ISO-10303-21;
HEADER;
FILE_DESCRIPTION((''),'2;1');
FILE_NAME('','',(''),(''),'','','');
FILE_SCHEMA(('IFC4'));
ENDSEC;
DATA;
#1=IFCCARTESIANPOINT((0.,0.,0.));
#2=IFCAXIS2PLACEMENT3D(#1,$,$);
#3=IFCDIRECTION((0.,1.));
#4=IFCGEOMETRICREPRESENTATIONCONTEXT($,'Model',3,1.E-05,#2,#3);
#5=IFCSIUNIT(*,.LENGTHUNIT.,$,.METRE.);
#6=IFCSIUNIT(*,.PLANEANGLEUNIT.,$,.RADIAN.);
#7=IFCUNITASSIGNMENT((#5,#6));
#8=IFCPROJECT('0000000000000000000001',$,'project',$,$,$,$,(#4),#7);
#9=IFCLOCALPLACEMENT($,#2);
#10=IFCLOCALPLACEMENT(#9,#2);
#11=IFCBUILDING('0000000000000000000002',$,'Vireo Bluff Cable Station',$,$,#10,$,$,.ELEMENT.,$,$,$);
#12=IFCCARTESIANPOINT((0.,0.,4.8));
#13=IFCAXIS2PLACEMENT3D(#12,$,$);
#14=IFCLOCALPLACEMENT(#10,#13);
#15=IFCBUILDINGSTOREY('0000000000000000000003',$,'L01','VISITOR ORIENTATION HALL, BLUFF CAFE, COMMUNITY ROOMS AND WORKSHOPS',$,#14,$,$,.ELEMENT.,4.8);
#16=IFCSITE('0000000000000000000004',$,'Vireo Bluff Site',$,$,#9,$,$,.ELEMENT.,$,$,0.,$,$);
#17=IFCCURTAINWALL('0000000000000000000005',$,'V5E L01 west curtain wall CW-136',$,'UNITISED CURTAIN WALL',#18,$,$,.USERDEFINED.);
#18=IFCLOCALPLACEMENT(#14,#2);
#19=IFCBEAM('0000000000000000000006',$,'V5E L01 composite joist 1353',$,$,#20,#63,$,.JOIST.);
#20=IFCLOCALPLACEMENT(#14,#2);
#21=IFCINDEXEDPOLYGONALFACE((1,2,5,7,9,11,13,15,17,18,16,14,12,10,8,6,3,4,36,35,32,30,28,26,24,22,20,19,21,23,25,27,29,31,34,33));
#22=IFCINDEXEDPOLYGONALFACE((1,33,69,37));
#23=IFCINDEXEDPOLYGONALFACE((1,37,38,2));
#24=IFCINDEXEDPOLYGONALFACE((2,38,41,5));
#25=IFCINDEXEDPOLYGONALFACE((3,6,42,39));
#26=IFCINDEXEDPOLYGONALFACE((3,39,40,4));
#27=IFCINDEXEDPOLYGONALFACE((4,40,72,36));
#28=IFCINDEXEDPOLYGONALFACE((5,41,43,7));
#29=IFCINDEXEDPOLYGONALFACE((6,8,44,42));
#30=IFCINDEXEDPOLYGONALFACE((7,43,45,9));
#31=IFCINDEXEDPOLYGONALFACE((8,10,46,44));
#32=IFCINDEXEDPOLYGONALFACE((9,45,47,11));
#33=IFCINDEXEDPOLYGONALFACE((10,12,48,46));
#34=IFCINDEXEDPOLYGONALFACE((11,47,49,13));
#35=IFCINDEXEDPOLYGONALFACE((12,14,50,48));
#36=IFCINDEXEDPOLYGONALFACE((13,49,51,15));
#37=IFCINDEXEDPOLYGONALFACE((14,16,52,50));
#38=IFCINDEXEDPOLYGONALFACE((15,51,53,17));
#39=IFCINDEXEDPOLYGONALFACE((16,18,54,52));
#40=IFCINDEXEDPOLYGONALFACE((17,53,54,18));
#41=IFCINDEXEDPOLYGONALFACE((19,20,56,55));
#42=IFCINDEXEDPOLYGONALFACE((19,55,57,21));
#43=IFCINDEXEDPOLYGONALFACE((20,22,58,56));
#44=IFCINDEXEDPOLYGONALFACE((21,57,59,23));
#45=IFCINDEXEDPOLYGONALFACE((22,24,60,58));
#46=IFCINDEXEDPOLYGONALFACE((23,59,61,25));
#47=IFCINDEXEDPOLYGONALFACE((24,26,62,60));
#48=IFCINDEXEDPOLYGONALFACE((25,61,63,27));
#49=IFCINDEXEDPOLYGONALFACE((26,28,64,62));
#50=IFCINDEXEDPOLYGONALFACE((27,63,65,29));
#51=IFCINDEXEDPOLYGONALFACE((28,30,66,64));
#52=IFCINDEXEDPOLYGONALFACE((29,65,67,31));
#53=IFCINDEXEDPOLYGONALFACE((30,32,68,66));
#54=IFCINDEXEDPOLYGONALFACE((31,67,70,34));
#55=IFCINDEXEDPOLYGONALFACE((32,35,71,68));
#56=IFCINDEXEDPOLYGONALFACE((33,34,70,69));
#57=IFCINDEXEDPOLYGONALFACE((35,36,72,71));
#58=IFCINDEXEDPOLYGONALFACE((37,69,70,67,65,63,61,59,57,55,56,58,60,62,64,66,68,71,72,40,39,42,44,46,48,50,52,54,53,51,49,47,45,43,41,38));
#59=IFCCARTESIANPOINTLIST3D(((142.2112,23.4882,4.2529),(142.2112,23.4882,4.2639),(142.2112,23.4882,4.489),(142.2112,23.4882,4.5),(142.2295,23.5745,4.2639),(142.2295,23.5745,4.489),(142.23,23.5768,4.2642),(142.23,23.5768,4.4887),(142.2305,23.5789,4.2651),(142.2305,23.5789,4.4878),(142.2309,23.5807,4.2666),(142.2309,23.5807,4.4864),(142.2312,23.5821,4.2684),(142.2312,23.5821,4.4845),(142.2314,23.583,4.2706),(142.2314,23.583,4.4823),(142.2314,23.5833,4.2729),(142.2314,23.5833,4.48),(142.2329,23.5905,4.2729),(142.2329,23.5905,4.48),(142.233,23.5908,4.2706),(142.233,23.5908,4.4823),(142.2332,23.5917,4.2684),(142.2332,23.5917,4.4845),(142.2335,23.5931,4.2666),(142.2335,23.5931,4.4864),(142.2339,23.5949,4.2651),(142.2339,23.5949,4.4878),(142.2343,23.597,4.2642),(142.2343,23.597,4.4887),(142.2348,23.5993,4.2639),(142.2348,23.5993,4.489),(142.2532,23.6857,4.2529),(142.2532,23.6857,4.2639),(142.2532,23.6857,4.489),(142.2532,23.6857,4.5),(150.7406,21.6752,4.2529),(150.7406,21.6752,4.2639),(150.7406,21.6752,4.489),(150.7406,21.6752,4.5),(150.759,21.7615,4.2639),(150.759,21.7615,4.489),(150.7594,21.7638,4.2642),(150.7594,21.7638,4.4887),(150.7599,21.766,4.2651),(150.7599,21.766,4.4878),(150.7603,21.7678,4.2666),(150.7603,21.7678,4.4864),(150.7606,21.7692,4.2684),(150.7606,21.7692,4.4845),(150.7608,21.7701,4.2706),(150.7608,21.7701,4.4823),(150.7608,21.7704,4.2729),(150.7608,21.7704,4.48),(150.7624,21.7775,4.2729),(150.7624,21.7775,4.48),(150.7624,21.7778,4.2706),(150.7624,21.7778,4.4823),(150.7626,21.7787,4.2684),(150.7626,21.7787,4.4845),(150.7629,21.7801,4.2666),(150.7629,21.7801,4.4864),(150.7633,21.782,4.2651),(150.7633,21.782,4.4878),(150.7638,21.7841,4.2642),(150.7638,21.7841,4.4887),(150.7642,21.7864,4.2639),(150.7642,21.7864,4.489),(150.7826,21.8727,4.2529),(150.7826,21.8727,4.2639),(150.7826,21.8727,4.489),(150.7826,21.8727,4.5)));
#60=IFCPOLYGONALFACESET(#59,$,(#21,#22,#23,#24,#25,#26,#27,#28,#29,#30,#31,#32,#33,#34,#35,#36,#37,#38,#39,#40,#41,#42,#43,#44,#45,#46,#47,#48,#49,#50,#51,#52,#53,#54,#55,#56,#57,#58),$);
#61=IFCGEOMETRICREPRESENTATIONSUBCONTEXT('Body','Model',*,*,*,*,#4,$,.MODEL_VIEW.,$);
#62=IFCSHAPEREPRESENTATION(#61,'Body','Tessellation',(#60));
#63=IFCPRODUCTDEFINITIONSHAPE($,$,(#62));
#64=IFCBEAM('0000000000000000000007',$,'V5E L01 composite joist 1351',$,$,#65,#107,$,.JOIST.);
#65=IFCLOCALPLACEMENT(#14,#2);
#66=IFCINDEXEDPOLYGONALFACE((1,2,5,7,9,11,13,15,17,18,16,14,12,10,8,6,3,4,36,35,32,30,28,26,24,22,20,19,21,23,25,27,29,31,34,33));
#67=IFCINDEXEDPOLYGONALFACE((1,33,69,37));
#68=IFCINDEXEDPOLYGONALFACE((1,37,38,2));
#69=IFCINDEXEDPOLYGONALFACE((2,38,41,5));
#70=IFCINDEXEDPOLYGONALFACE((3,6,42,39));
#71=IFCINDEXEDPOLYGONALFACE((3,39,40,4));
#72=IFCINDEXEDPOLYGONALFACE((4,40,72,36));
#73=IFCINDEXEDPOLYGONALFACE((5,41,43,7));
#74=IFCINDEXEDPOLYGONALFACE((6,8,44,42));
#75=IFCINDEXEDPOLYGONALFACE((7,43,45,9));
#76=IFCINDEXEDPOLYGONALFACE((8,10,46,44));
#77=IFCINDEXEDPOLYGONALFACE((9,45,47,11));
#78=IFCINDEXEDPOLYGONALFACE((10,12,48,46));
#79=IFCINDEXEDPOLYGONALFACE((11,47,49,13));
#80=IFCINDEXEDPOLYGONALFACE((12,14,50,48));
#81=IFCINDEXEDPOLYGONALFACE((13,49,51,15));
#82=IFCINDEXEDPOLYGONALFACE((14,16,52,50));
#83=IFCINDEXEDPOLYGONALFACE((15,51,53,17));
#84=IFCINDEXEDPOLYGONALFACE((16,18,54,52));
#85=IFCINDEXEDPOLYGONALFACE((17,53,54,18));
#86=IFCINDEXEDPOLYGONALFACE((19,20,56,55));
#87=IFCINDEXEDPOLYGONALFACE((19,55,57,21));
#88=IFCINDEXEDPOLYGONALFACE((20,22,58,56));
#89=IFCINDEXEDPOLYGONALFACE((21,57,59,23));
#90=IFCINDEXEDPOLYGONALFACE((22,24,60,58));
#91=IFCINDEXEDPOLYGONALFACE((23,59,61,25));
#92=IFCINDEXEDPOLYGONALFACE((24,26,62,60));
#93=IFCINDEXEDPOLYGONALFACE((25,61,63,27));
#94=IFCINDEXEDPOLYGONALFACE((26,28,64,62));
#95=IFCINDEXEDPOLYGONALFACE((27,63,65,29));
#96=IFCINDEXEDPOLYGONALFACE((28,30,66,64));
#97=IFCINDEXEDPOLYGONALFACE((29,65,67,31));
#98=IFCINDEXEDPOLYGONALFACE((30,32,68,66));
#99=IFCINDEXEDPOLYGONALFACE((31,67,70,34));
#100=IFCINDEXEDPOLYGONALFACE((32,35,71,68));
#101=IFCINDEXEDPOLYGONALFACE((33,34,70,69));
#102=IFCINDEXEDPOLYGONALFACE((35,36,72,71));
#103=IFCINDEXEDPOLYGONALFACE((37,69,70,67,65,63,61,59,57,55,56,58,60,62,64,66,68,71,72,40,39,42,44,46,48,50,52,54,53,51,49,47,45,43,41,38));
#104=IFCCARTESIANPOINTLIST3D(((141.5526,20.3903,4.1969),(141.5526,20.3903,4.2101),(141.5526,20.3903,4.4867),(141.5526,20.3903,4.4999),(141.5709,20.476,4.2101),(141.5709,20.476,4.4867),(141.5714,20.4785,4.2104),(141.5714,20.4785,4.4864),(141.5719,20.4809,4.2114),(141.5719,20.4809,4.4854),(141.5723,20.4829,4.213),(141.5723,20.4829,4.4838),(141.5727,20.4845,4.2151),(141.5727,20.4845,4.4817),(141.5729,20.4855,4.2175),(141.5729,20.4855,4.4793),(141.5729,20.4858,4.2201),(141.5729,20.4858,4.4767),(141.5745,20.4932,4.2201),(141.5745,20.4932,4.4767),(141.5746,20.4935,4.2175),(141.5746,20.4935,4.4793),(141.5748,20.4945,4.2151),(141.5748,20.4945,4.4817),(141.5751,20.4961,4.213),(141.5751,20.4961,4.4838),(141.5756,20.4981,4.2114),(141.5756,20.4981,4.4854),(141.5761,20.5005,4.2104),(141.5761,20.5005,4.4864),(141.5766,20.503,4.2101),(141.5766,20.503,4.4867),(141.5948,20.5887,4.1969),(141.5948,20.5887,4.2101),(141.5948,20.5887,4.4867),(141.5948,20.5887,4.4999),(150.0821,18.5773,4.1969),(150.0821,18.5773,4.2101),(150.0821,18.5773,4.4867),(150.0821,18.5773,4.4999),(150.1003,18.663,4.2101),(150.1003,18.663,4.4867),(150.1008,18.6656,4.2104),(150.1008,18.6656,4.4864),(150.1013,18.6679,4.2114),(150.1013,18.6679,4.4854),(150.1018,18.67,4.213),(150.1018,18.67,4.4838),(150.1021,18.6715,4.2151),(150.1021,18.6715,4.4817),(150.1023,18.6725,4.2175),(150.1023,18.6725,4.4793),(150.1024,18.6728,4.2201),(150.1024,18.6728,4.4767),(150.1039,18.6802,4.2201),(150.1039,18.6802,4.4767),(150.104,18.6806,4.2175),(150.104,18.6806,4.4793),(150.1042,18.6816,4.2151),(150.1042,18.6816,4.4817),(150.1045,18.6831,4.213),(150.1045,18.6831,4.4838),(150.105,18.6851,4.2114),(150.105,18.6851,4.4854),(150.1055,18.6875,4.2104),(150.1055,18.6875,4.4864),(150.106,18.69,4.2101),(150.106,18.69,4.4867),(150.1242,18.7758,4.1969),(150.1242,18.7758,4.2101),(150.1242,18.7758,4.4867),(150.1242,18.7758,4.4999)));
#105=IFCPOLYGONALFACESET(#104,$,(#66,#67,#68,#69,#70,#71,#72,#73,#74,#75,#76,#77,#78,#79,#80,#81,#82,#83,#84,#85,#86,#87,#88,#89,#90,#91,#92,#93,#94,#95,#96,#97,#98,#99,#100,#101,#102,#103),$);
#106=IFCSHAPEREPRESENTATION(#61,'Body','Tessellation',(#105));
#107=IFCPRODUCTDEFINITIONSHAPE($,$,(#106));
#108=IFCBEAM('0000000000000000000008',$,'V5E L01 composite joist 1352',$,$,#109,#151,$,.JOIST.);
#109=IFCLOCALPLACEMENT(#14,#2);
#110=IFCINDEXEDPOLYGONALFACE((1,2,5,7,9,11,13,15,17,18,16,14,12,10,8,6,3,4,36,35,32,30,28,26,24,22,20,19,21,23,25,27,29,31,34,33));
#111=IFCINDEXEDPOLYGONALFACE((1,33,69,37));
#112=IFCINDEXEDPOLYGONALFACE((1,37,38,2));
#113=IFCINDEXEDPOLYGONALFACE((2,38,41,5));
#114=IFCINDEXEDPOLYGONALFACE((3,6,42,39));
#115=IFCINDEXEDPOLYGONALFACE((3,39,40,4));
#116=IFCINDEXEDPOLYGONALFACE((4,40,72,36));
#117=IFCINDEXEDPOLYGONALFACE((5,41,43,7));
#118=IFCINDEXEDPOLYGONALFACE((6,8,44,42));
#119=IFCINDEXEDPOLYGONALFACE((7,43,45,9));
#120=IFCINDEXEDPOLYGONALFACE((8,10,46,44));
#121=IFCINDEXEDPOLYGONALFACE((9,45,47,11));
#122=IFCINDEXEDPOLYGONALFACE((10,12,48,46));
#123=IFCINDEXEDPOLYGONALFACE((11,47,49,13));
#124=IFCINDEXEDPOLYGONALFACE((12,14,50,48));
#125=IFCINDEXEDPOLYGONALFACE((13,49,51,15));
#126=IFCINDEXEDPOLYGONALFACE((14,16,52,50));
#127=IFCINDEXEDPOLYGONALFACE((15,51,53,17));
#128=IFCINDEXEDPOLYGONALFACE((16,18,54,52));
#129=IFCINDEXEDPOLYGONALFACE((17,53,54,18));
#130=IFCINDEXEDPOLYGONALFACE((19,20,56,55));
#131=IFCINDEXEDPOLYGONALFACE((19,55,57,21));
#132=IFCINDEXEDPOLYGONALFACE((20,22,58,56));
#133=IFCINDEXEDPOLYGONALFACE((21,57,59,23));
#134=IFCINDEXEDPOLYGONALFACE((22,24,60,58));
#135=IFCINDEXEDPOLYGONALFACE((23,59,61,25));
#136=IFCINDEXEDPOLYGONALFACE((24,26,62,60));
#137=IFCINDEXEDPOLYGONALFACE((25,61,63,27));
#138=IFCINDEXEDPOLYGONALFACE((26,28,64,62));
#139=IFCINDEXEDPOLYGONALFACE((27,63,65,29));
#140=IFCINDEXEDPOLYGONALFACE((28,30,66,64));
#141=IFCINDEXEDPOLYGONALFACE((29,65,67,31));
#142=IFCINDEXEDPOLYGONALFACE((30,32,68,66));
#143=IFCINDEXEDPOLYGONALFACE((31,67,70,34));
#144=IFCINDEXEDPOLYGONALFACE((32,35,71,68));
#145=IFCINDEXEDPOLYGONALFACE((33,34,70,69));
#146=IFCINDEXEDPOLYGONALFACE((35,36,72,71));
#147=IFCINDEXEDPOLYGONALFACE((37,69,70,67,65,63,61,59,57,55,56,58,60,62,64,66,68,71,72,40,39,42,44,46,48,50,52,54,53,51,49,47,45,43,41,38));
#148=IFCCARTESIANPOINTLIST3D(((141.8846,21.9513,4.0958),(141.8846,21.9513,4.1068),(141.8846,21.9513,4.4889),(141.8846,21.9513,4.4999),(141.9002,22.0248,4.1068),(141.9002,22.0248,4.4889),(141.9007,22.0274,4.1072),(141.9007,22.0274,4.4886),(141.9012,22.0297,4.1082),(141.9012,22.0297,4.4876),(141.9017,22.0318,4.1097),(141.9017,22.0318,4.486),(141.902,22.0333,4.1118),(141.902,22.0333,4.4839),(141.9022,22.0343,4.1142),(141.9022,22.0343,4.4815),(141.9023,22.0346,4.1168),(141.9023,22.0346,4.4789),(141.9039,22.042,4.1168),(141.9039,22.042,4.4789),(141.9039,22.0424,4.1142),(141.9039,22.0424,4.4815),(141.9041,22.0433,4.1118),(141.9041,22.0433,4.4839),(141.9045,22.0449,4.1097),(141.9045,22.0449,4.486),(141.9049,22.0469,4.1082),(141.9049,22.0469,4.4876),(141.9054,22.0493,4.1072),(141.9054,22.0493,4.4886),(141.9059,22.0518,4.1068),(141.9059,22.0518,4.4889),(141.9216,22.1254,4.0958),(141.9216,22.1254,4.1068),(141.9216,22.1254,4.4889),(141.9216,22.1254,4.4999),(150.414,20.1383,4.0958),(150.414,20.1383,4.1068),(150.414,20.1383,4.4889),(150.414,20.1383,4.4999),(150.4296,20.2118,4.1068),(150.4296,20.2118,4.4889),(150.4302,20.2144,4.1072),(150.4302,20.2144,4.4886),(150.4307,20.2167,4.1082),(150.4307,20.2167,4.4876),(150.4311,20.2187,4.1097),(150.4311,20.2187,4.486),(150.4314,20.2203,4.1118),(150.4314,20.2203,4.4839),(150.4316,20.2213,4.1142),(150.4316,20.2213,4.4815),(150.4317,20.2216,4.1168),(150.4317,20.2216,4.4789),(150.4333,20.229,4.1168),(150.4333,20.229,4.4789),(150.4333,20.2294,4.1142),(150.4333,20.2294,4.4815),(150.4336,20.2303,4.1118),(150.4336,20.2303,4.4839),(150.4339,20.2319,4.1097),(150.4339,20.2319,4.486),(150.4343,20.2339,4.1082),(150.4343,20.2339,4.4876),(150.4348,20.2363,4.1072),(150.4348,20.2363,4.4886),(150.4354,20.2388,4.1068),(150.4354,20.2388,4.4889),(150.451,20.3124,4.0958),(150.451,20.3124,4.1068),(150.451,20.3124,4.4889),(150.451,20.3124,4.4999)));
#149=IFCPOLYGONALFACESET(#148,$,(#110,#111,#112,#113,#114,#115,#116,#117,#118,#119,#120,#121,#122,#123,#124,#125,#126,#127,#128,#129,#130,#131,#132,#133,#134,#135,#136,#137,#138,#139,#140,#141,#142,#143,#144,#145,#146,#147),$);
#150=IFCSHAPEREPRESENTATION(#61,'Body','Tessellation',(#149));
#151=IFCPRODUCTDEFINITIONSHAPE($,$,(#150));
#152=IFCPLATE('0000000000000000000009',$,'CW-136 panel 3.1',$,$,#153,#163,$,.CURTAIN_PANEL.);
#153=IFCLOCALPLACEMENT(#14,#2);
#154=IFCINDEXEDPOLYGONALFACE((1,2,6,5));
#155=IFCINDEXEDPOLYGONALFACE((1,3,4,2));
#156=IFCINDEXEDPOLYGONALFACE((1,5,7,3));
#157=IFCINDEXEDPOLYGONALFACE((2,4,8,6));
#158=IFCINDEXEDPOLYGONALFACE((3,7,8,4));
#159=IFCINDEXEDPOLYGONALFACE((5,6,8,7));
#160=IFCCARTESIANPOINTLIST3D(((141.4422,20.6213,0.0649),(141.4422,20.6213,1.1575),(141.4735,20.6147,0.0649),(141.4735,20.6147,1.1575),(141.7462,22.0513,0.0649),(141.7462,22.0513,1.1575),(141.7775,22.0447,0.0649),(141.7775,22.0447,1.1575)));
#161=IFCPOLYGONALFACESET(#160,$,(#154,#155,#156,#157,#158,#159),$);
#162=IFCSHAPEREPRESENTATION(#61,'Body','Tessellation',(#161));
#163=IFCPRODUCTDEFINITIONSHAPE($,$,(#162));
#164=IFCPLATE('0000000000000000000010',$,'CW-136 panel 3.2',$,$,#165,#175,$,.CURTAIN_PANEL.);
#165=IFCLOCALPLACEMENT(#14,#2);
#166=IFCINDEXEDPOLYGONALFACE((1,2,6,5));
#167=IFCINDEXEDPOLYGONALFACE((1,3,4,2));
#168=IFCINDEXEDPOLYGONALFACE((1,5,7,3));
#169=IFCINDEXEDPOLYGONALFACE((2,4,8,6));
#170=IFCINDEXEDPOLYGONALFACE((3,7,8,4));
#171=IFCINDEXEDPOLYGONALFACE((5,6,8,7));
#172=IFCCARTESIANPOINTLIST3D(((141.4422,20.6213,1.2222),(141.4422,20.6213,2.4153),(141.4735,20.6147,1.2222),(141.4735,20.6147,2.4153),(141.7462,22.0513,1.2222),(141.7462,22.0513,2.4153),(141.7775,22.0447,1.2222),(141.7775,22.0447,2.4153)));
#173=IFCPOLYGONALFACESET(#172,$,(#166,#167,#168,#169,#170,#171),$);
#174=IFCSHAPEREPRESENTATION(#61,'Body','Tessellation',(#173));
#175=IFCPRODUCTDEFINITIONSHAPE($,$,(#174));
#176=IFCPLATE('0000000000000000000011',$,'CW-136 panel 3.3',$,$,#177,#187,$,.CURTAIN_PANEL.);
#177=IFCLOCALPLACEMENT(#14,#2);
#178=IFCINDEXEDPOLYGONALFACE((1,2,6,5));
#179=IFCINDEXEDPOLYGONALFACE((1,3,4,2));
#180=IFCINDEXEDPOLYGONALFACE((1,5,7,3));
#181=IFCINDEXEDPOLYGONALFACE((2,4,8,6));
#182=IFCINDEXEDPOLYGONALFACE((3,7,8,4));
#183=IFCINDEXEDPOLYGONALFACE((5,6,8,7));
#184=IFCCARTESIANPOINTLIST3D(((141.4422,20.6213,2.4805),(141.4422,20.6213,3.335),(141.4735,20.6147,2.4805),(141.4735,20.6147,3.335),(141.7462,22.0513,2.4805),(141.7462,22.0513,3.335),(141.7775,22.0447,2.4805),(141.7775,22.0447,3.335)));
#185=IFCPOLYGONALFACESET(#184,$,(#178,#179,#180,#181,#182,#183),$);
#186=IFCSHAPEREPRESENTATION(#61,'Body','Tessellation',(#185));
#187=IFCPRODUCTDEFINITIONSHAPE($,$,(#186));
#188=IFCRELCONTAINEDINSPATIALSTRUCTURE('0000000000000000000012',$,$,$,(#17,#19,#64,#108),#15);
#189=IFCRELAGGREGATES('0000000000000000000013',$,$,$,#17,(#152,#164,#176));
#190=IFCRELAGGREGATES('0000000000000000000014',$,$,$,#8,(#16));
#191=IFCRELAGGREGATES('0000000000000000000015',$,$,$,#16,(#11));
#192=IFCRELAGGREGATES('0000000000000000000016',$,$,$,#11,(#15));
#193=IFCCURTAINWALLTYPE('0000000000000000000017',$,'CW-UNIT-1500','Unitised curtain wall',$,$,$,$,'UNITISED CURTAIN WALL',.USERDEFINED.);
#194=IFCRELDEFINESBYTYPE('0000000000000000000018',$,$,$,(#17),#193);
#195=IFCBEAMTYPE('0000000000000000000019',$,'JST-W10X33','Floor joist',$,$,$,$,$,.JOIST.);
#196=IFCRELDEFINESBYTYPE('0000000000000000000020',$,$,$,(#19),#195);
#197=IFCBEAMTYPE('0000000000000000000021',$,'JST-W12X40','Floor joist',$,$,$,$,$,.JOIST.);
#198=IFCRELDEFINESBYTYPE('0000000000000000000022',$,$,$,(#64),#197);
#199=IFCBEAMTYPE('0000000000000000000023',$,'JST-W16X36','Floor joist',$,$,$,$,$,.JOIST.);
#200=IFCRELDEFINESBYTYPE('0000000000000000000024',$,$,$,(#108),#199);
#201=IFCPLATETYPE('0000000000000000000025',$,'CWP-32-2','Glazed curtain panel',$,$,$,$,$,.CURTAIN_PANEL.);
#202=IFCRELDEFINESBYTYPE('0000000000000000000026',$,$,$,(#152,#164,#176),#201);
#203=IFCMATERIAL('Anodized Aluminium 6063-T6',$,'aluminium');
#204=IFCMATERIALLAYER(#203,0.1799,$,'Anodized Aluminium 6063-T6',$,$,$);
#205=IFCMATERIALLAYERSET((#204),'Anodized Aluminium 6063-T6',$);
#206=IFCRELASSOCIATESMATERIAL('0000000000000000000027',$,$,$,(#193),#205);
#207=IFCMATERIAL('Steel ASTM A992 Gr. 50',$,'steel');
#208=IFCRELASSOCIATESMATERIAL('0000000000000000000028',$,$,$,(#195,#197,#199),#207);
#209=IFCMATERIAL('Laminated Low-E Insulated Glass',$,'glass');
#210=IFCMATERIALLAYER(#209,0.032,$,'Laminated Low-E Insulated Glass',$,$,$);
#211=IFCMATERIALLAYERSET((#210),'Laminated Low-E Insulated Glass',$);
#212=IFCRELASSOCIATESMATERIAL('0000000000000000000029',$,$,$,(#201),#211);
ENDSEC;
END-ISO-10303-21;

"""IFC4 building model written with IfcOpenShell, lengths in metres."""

from ifc_helpers import new_model, si_unit, direction, frame, origin, origin_2d, place, context, subcontext, project, spatial, rectangle, i_section, extrude, material, layer, layer_set, material_profile, profile_set, type_object, element, aggregate, save


model = new_model("IFC4")

# Units and contexts
model_context = context("Model", 3, precision=1e-05, world=origin(), true_north=direction((0.0, 1.0)))
body_context = subcontext(model_context, "Body", "Model", "MODEL_VIEW")
ifc_project = project(units=[si_unit("LENGTHUNIT", "METRE"), si_unit("PLANEANGLEUNIT", "RADIAN")], contexts=[model_context])

# Site, building, storey
site_placement = place(None, origin())
site = spatial("IfcSite", under=ifc_project, at=site_placement, Name="Vireo Bluff Site", CompositionType="ELEMENT", RefElevation=0.0)
building_placement = place(site_placement, origin())
building = spatial("IfcBuilding", under=site, at=building_placement, Name="Vireo Bluff Cable Station", CompositionType="ELEMENT")
storey_placement = place(building_placement, frame((0.0, 0.0, 4.8)))
storey = spatial("IfcBuildingStorey", under=building, at=storey_placement, Name="L01", Description="VISITOR ORIENTATION HALL, BLUFF CAFE, COMMUNITY ROOMS AND WORKSHOPS", CompositionType="ELEMENT", Elevation=4.8)

# Curtain wall
ifc_material_1 = material(Name="Anodized Aluminium 6063-T6", Category="aluminium")
ifc_layer_1 = layer(ifc_material_1, 0.1799, Name="Anodized Aluminium 6063-T6")
ifc_layer_set_1 = layer_set([ifc_layer_1], Name="Anodized Aluminium 6063-T6")
curtain_wall_type = type_object("IfcCurtainWallType", Name="CW-UNIT-1500", Description="Unitised curtain wall", ElementType="UNITISED CURTAIN WALL", PredefinedType="USERDEFINED", material=ifc_layer_set_1)
curtain_wall_placement = place(storey_placement, origin())
curtain_wall = element("IfcCurtainWall", 1, at=curtain_wall_placement, inside=storey, type_object=curtain_wall_type, Name="V5E L01 west curtain wall CW-136", ObjectType="UNITISED CURTAIN WALL", PredefinedType="USERDEFINED")

# Beams
ifc_material_2 = material(Name="Steel ASTM A992 Gr. 50", Category="steel")
ifc_material_profile_1 = material_profile(ifc_material_2, i_section(OverallWidth=0.2019, OverallDepth=0.2471, WebThickness=0.0073, FlangeThickness=0.011, FilletRadius=0.009, at=origin_2d()), Name="W10X33")
ifc_profile_set_1 = profile_set([ifc_material_profile_1], Name="Steel ASTM A992 Gr. 50")
beam_type_1 = type_object("IfcBeamType", Name="JST-W10X33", Description="Floor joist", PredefinedType="JOIST", material=ifc_profile_set_1)
beam_1_placement = place(storey_placement, frame((142.2322, 23.5869, 4.3765), z_axis=(0.978148, -0.207909, 0.0), x_axis=(0.207909, 0.978148, 0.0)))
element("IfcBeam", 2, at=beam_1_placement, inside=storey, type_object=beam_type_1, Name="V5E L01 composite joist 1353", PredefinedType="JOIST", context=body_context, shape_type="SweptSolid", body=[
    extrude(i_section(OverallWidth=0.2019, OverallDepth=0.2471, WebThickness=0.0073, FlangeThickness=0.011, FilletRadius=0.009, at=origin_2d()), origin(), (0.0, 0.0, 1.0), 8.72),
])
ifc_material_profile_2 = material_profile(ifc_material_2, i_section(OverallWidth=0.2029, OverallDepth=0.303, WebThickness=0.0076, FlangeThickness=0.0132, FilletRadius=0.01, at=origin_2d()), Name="W12X40")
ifc_profile_set_2 = profile_set([ifc_material_profile_2], Name="Steel ASTM A992 Gr. 50")
beam_type_2 = type_object("IfcBeamType", Name="JST-W12X40", Description="Floor joist", PredefinedType="JOIST", material=ifc_profile_set_2)
beam_2_placement = place(storey_placement, frame((141.5737, 20.4895, 4.3484), z_axis=(0.978148, -0.207909, 0.0), x_axis=(0.207909, 0.978148, 0.0)))
element("IfcBeam", 3, at=beam_2_placement, inside=storey, type_object=beam_type_2, Name="V5E L01 composite joist 1351", PredefinedType="JOIST", context=body_context, shape_type="SweptSolid", body=[
    extrude(i_section(OverallWidth=0.2029, OverallDepth=0.303, WebThickness=0.0076, FlangeThickness=0.0132, FilletRadius=0.01, at=origin_2d()), origin(), (0.0, 0.0, 1.0), 8.72),
])
ifc_material_profile_3 = material_profile(ifc_material_2, i_section(OverallWidth=0.178, OverallDepth=0.4041, WebThickness=0.0076, FlangeThickness=0.011, FilletRadius=0.01, at=origin_2d()), Name="W16X36")
ifc_profile_set_3 = profile_set([ifc_material_profile_3], Name="Steel ASTM A992 Gr. 50")
beam_type_3 = type_object("IfcBeamType", Name="JST-W16X36", Description="Floor joist", PredefinedType="JOIST", material=ifc_profile_set_3)
beam_3_placement = place(storey_placement, frame((141.9031, 22.0383, 4.2979), z_axis=(0.978147, -0.207915, 0.0), x_axis=(0.207915, 0.978147, 0.0)))
element("IfcBeam", 4, at=beam_3_placement, inside=storey, type_object=beam_type_3, Name="V5E L01 composite joist 1352", PredefinedType="JOIST", context=body_context, shape_type="SweptSolid", body=[
    extrude(i_section(OverallWidth=0.178, OverallDepth=0.4041, WebThickness=0.0076, FlangeThickness=0.011, FilletRadius=0.01, at=origin_2d()), origin(), (0.0, 0.0, 1.0), 8.72),
])

# Plates
ifc_material_3 = material(Name="Laminated Low-E Insulated Glass", Category="glass")
ifc_layer_2 = layer(ifc_material_3, 0.032, Name="Laminated Low-E Insulated Glass")
ifc_layer_set_2 = layer_set([ifc_layer_2], Name="Laminated Low-E Insulated Glass")
plate_type = type_object("IfcPlateType", Name="CWP-32-2", Description="Glazed curtain panel", PredefinedType="CURTAIN_PANEL", material=ifc_layer_set_2)
plate_1_placement = place(storey_placement, frame((141.6099, 21.333, 0.0649), z_axis=(0.0, 0.0, 1.0), x_axis=(0.207912, 0.978148, 0.0)))
plate_1 = element("IfcPlate", 5, at=plate_1_placement, type_object=plate_type, Name="CW-136 panel 3.1", PredefinedType="CURTAIN_PANEL", context=body_context, shape_type="SweptSolid", body=[
    extrude(rectangle(XDim=1.4619, YDim=0.032, at=origin_2d()), origin(), (0.0, 0.0, 1.0), 1.0925),
])
plate_2_placement = place(storey_placement, frame((141.6099, 21.333, 1.2222), z_axis=(0.0, 0.0, 1.0), x_axis=(0.207912, 0.978148, 0.0)))
plate_2 = element("IfcPlate", 6, at=plate_2_placement, type_object=plate_type, Name="CW-136 panel 3.2", PredefinedType="CURTAIN_PANEL", context=body_context, shape_type="SweptSolid", body=[
    extrude(rectangle(XDim=1.4619, YDim=0.032, at=origin_2d()), origin(), (0.0, 0.0, 1.0), 1.1931),
])
plate_3_placement = place(storey_placement, frame((141.6099, 21.333, 2.4805), z_axis=(0.0, 0.0, 1.0), x_axis=(0.207912, 0.978148, 0.0)))
plate_3 = element("IfcPlate", 7, at=plate_3_placement, type_object=plate_type, Name="CW-136 panel 3.3", PredefinedType="CURTAIN_PANEL", context=body_context, shape_type="SweptSolid", body=[
    extrude(rectangle(XDim=1.4619, YDim=0.032, at=origin_2d()), origin(), (0.0, 0.0, 1.0), 0.8545),
])
aggregate(curtain_wall, [plate_1, plate_2, plate_3])

save(model, "model.ifc")
